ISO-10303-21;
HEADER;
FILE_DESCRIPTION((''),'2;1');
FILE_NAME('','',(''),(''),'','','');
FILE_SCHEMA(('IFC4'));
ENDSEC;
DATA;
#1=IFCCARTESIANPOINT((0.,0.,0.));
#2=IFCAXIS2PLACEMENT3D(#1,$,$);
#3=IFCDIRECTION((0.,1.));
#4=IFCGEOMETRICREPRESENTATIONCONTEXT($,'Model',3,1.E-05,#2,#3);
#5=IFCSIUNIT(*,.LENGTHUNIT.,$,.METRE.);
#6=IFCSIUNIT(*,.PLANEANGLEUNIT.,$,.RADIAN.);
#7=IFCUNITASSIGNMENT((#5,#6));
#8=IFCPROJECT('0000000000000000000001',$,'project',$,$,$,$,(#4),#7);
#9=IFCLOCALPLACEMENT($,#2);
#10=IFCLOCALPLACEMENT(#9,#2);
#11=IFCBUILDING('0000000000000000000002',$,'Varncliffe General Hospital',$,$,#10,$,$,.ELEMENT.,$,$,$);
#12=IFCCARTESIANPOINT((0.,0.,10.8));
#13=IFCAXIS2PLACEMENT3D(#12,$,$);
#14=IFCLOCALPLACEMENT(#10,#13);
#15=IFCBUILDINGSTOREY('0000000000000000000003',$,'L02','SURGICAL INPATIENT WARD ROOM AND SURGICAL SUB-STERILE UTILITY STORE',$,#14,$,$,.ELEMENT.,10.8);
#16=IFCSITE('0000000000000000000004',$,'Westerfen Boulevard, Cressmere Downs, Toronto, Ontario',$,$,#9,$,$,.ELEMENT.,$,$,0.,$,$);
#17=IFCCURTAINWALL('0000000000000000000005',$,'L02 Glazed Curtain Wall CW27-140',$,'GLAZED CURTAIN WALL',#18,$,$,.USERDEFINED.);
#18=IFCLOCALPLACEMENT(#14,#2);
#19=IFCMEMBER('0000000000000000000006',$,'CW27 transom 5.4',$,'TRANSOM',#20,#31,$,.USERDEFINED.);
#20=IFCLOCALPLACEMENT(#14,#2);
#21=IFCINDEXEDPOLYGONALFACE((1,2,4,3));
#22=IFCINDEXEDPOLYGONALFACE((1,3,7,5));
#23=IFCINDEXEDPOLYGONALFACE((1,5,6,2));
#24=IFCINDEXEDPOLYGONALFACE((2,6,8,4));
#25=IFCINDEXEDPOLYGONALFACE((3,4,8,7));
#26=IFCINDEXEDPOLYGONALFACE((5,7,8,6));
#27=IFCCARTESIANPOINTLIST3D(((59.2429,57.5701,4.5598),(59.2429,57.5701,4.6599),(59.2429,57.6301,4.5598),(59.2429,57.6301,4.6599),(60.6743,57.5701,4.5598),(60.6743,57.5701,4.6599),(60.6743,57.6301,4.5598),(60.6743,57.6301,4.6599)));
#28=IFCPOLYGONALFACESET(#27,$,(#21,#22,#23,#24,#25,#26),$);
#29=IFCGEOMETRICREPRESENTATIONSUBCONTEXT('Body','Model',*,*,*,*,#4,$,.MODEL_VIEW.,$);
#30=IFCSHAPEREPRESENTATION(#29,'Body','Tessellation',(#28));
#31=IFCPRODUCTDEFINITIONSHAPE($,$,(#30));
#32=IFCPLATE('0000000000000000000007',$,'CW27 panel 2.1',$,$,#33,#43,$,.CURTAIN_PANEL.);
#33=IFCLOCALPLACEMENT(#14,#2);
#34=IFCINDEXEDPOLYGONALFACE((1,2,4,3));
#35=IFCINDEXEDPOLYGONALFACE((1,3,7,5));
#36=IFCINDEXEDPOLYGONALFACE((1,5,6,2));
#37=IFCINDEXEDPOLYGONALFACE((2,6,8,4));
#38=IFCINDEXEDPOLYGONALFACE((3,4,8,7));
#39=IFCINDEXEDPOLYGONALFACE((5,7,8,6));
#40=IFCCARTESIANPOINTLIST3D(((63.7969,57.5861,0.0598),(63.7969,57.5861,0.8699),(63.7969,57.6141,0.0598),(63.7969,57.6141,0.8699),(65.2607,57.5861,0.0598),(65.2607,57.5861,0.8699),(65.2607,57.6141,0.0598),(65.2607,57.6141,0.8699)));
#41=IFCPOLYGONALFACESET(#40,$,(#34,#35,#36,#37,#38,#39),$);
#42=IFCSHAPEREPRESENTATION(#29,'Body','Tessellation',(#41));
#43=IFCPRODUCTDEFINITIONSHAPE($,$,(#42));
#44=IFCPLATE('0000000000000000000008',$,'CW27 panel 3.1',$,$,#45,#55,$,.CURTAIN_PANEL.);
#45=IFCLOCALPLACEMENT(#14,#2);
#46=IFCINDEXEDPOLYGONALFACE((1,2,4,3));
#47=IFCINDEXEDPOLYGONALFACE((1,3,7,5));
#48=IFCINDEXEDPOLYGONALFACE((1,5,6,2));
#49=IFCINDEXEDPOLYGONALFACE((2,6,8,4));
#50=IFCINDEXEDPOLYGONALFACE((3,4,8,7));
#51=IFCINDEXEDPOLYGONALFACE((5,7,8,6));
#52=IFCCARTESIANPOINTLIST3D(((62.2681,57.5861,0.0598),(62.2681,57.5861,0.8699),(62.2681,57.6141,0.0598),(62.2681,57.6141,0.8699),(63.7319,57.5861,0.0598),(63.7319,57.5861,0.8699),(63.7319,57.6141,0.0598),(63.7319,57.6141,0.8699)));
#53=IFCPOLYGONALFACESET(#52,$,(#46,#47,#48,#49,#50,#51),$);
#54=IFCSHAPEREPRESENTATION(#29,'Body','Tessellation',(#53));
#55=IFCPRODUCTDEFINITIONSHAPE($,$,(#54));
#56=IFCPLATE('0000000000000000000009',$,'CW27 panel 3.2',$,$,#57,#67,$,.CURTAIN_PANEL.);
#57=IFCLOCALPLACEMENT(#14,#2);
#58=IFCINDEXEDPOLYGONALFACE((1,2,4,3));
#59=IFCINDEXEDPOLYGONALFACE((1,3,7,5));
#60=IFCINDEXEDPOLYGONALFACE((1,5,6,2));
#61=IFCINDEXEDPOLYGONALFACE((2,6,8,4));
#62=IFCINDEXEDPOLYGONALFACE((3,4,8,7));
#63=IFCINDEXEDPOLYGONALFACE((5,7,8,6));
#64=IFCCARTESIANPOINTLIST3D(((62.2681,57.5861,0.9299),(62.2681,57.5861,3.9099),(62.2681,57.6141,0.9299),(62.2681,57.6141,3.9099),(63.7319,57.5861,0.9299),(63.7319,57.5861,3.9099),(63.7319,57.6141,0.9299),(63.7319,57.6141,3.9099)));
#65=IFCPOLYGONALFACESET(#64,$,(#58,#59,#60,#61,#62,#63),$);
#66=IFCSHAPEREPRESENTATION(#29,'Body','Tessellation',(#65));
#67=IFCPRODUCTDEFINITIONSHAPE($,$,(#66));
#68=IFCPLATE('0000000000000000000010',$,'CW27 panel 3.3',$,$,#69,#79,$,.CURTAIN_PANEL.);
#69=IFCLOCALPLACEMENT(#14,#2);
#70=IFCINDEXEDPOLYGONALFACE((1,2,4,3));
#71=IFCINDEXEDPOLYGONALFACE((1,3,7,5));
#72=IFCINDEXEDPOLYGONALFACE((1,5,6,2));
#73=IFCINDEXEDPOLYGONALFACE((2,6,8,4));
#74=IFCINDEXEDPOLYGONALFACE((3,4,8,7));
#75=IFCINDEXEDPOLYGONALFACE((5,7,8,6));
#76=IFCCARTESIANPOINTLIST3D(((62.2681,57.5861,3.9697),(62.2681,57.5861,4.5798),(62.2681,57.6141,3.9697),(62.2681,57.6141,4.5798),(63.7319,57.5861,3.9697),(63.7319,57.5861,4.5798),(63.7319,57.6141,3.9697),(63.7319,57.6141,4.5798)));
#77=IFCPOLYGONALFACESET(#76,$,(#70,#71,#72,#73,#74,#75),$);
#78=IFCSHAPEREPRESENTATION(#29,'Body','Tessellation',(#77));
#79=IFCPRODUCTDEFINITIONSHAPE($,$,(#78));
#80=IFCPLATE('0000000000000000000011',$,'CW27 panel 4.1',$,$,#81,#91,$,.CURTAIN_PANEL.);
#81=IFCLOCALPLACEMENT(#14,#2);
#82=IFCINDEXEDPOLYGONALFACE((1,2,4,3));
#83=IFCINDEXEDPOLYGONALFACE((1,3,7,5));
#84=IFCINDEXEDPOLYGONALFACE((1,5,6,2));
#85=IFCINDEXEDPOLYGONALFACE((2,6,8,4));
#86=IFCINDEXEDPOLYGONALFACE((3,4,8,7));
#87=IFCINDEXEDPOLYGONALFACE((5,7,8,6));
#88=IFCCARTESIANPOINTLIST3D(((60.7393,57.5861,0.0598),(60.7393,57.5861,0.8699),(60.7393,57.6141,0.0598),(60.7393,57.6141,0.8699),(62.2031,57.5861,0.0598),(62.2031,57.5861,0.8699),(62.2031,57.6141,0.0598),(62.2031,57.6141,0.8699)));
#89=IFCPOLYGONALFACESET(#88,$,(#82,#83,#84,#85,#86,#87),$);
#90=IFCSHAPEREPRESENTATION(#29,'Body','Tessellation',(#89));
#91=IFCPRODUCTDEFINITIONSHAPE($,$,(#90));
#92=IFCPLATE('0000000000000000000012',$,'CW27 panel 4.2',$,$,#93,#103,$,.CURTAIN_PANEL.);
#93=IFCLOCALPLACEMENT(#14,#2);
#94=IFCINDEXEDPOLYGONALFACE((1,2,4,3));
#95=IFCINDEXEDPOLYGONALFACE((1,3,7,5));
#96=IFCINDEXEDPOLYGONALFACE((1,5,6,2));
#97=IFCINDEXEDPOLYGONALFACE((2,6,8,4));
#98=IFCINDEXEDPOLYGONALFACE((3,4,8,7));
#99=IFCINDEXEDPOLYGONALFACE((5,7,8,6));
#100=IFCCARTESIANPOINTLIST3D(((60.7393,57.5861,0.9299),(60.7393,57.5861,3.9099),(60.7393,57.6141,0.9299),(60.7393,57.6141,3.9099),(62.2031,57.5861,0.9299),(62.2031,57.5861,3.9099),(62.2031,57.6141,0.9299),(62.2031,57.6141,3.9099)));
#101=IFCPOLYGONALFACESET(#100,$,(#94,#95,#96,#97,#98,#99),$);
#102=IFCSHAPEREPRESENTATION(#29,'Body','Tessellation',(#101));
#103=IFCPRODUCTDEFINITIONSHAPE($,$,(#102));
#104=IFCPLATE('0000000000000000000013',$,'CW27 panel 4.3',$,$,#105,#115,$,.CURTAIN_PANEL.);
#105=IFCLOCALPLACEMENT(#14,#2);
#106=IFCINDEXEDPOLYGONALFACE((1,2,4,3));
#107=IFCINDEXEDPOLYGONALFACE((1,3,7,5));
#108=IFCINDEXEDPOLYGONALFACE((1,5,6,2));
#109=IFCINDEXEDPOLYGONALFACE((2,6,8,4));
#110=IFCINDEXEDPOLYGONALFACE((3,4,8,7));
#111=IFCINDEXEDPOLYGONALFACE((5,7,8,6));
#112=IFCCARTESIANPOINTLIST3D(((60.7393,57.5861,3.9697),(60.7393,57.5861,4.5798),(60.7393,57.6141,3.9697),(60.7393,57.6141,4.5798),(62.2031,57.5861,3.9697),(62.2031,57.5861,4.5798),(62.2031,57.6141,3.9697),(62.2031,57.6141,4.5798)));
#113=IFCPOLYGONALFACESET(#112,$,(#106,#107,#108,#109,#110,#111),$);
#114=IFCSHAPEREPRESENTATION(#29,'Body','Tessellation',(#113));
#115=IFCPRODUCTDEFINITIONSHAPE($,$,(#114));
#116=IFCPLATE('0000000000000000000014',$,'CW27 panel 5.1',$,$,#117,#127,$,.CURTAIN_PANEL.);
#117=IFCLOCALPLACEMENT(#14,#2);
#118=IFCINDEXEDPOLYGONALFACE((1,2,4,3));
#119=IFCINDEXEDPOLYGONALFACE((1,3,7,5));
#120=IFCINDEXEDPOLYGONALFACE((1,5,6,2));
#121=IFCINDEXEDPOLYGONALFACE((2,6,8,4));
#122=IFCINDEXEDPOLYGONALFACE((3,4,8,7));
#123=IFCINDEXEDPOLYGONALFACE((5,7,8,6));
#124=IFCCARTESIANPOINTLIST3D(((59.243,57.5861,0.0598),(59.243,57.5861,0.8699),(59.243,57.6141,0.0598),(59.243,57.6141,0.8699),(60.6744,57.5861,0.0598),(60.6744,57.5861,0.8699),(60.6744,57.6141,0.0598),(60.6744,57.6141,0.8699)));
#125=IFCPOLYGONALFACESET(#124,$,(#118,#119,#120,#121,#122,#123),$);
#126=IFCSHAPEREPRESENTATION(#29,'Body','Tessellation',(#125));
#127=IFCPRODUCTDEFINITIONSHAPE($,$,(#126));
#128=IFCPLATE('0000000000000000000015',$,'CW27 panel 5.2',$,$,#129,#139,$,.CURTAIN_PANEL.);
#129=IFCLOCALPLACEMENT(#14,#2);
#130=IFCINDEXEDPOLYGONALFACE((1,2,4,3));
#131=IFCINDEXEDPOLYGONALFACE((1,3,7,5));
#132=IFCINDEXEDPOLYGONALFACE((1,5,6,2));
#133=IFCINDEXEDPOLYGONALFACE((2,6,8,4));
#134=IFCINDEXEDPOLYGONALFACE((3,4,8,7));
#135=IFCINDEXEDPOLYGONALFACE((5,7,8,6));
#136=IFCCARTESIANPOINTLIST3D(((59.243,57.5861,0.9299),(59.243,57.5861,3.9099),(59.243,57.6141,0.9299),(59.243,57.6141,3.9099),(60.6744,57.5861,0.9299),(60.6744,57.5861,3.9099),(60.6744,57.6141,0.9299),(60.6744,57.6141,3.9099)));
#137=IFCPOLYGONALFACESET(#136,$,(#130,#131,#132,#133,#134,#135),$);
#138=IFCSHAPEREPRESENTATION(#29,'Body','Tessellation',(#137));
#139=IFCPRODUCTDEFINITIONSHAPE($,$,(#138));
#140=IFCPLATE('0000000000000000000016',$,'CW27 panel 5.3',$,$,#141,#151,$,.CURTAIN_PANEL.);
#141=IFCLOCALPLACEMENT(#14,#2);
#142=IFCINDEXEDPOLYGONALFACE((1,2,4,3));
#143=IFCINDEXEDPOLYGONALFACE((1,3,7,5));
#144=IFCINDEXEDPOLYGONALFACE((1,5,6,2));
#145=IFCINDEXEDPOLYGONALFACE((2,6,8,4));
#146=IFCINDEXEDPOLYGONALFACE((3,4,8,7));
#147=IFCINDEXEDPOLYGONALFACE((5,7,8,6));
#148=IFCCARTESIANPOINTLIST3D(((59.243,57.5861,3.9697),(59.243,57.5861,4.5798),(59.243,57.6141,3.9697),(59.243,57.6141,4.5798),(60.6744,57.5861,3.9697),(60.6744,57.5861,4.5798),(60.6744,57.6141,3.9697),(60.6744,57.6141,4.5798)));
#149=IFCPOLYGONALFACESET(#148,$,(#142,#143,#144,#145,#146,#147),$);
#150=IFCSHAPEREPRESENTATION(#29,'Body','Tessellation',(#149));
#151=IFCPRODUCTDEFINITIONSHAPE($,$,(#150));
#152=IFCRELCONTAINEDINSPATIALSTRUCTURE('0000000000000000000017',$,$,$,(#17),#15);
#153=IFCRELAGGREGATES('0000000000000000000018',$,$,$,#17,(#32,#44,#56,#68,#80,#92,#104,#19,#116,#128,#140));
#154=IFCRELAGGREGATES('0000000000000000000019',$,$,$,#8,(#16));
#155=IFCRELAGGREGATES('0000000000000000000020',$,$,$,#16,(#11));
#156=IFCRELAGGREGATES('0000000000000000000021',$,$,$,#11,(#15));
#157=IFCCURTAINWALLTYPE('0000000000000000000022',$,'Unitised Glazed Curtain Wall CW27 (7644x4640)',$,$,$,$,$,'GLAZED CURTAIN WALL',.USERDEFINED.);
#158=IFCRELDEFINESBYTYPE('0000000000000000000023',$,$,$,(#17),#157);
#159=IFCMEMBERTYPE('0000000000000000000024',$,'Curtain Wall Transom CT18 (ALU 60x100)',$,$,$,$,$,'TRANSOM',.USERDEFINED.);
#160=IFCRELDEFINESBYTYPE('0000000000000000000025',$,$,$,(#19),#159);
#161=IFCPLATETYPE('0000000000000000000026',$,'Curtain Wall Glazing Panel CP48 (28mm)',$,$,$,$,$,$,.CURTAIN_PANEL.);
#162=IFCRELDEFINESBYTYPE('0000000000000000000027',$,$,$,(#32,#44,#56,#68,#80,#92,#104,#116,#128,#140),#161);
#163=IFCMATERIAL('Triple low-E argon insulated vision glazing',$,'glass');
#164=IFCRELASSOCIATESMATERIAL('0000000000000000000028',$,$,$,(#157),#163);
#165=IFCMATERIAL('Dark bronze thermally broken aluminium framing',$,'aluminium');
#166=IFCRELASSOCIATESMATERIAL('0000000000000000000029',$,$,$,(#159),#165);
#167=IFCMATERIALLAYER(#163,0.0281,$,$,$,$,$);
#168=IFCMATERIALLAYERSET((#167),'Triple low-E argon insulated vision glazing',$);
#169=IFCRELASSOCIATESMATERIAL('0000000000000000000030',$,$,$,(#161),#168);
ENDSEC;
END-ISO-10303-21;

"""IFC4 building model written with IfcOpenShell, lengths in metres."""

from ifc_helpers import new_model, si_unit, direction, frame, origin, origin_2d, place, context, subcontext, project, spatial, rectangle, extrude, material, layer, layer_set, material_profile, profile_set, type_object, element, aggregate, save


model = new_model("IFC4")

# Units and contexts
model_context = context("Model", 3, precision=1e-05, world=origin(), true_north=direction((0.0, 1.0)))
body_context = subcontext(model_context, "Body", "Model", "MODEL_VIEW")
ifc_project = project(units=[si_unit("LENGTHUNIT", "METRE"), si_unit("PLANEANGLEUNIT", "RADIAN")], contexts=[model_context])

# Site, building, storey
site_placement = place(None, origin())
site = spatial("IfcSite", under=ifc_project, at=site_placement, Name="Westerfen Boulevard, Cressmere Downs, Toronto, Ontario", CompositionType="ELEMENT", RefElevation=0.0)
building_placement = place(site_placement, origin())
building = spatial("IfcBuilding", under=site, at=building_placement, Name="Varncliffe General Hospital", CompositionType="ELEMENT")
storey_placement = place(building_placement, frame((0.0, 0.0, 10.8)))
storey = spatial("IfcBuildingStorey", under=building, at=storey_placement, Name="L02", Description="SURGICAL INPATIENT WARD ROOM AND SURGICAL SUB-STERILE UTILITY STORE", CompositionType="ELEMENT", Elevation=10.8)

# Curtain wall, member, plates
ifc_material_1 = material(Name="Triple low-E argon insulated vision glazing", Category="glass")
curtain_wall_type = type_object("IfcCurtainWallType", Name="Unitised Glazed Curtain Wall CW27 (7644x4640)", ElementType="GLAZED CURTAIN WALL", PredefinedType="USERDEFINED", material=ifc_material_1)
curtain_wall_placement = place(storey_placement, origin())
curtain_wall = element("IfcCurtainWall", 1, at=curtain_wall_placement, inside=storey, type_object=curtain_wall_type, Name="L02 Glazed Curtain Wall CW27-140", ObjectType="GLAZED CURTAIN WALL", PredefinedType="USERDEFINED")
ifc_material_2 = material(Name="Dark bronze thermally broken aluminium framing", Category="aluminium")
ifc_material_profile_1 = material_profile(ifc_material_2, rectangle(XDim=0.0601, YDim=0.1001, at=origin_2d()), Name="ALU 60x100")
ifc_profile_set_1 = profile_set([ifc_material_profile_1], Name="Dark bronze thermally broken aluminium framing")
member_type_1 = type_object("IfcMemberType", Name="Curtain Wall Transom CT18 (ALU 60x100)", ElementType="TRANSOM", PredefinedType="USERDEFINED", material=ifc_profile_set_1)
member_1_placement = place(storey_placement, frame((60.6743, 57.6001, 4.6099), z_axis=(-1.0, 0.0, 0.0), x_axis=(0.0, -1.0, 0.0)))
member_1 = element("IfcMember", 2, at=member_1_placement, type_object=member_type_1, Name="CW27 transom 5.4", ObjectType="TRANSOM", PredefinedType="USERDEFINED", context=body_context, shape_type="SweptSolid", body=[
    extrude(rectangle(XDim=0.0601, YDim=0.1001, at=origin_2d()), origin(), (0.0, 0.0, 1.0), 1.4314),
])
ifc_layer = layer(ifc_material_1, 0.0281)
ifc_layer_set = layer_set([ifc_layer], Name="Triple low-E argon insulated vision glazing")
plate_type = type_object("IfcPlateType", Name="Curtain Wall Glazing Panel CP48 (28mm)", PredefinedType="CURTAIN_PANEL", material=ifc_layer_set)
plate_1_placement = place(storey_placement, frame((64.5288, 57.6001, 0.0598), z_axis=(0.0, 0.0, 1.0), x_axis=(-1.0, 0.0, 0.0)))
plate_1 = element("IfcPlate", 3, at=plate_1_placement, type_object=plate_type, Name="CW27 panel 2.1", PredefinedType="CURTAIN_PANEL", context=body_context, shape_type="SweptSolid", body=[
    extrude(rectangle(XDim=1.4639, YDim=0.0281, at=origin_2d()), origin(), (0.0, 0.0, 1.0), 0.8101),
])
plate_2_placement = place(storey_placement, frame((63.0, 57.6001, 0.0598), z_axis=(0.0, 0.0, 1.0), x_axis=(-1.0, 0.0, 0.0)))
plate_2 = element("IfcPlate", 4, at=plate_2_placement, type_object=plate_type, Name="CW27 panel 3.1", PredefinedType="CURTAIN_PANEL", context=body_context, shape_type="SweptSolid", body=[
    extrude(rectangle(XDim=1.4639, YDim=0.0281, at=origin_2d()), origin(), (0.0, 0.0, 1.0), 0.8101),
])
plate_3_placement = place(storey_placement, frame((63.0, 57.6001, 0.9299), z_axis=(0.0, 0.0, 1.0), x_axis=(-1.0, 0.0, 0.0)))
plate_3 = element("IfcPlate", 5, at=plate_3_placement, type_object=plate_type, Name="CW27 panel 3.2", PredefinedType="CURTAIN_PANEL", context=body_context, shape_type="SweptSolid", body=[
    extrude(rectangle(XDim=1.4639, YDim=0.0281, at=origin_2d()), origin(), (0.0, 0.0, 1.0), 2.98),
])
plate_4_placement = place(storey_placement, frame((63.0, 57.6001, 3.9697), z_axis=(0.0, 0.0, 1.0), x_axis=(-1.0, 0.0, 0.0)))
plate_4 = element("IfcPlate", 6, at=plate_4_placement, type_object=plate_type, Name="CW27 panel 3.3", PredefinedType="CURTAIN_PANEL", context=body_context, shape_type="SweptSolid", body=[
    extrude(rectangle(XDim=1.4639, YDim=0.0281, at=origin_2d()), origin(), (0.0, 0.0, 1.0), 0.6101),
])
plate_5_placement = place(storey_placement, frame((61.4712, 57.6001, 0.0598), z_axis=(0.0, 0.0, 1.0), x_axis=(-1.0, 0.0, 0.0)))
plate_5 = element("IfcPlate", 7, at=plate_5_placement, type_object=plate_type, Name="CW27 panel 4.1", PredefinedType="CURTAIN_PANEL", context=body_context, shape_type="SweptSolid", body=[
    extrude(rectangle(XDim=1.4639, YDim=0.0281, at=origin_2d()), origin(), (0.0, 0.0, 1.0), 0.8101),
])
plate_6_placement = place(storey_placement, frame((61.4712, 57.6001, 0.9299), z_axis=(0.0, 0.0, 1.0), x_axis=(-1.0, 0.0, 0.0)))
plate_6 = element("IfcPlate", 8, at=plate_6_placement, type_object=plate_type, Name="CW27 panel 4.2", PredefinedType="CURTAIN_PANEL", context=body_context, shape_type="SweptSolid", body=[
    extrude(rectangle(XDim=1.4639, YDim=0.0281, at=origin_2d()), origin(), (0.0, 0.0, 1.0), 2.98),
])
plate_7_placement = place(storey_placement, frame((61.4712, 57.6001, 3.9697), z_axis=(0.0, 0.0, 1.0), x_axis=(-1.0, 0.0, 0.0)))
plate_7 = element("IfcPlate", 9, at=plate_7_placement, type_object=plate_type, Name="CW27 panel 4.3", PredefinedType="CURTAIN_PANEL", context=body_context, shape_type="SweptSolid", body=[
    extrude(rectangle(XDim=1.4639, YDim=0.0281, at=origin_2d()), origin(), (0.0, 0.0, 1.0), 0.6101),
])
plate_8_placement = place(storey_placement, frame((59.9587, 57.6001, 0.0598), z_axis=(0.0, 0.0, 1.0), x_axis=(-1.0, 0.0, 0.0)))
plate_8 = element("IfcPlate", 10, at=plate_8_placement, type_object=plate_type, Name="CW27 panel 5.1", PredefinedType="CURTAIN_PANEL", context=body_context, shape_type="SweptSolid", body=[
    extrude(rectangle(XDim=1.4314, YDim=0.0281, at=origin_2d()), origin(), (0.0, 0.0, 1.0), 0.8101),
])
plate_9_placement = place(storey_placement, frame((59.9587, 57.6001, 0.9299), z_axis=(0.0, 0.0, 1.0), x_axis=(-1.0, 0.0, 0.0)))
plate_9 = element("IfcPlate", 11, at=plate_9_placement, type_object=plate_type, Name="CW27 panel 5.2", PredefinedType="CURTAIN_PANEL", context=body_context, shape_type="SweptSolid", body=[
    extrude(rectangle(XDim=1.4314, YDim=0.0281, at=origin_2d()), origin(), (0.0, 0.0, 1.0), 2.98),
])
plate_10_placement = place(storey_placement, frame((59.9587, 57.6001, 3.9697), z_axis=(0.0, 0.0, 1.0), x_axis=(-1.0, 0.0, 0.0)))
plate_10 = element("IfcPlate", 12, at=plate_10_placement, type_object=plate_type, Name="CW27 panel 5.3", PredefinedType="CURTAIN_PANEL", context=body_context, shape_type="SweptSolid", body=[
    extrude(rectangle(XDim=1.4314, YDim=0.0281, at=origin_2d()), origin(), (0.0, 0.0, 1.0), 0.6101),
])
aggregate(curtain_wall, [plate_1, plate_2, plate_3, plate_4, plate_5, plate_6, plate_7, member_1, plate_8, plate_9, plate_10])

save(model, "model.ifc")
